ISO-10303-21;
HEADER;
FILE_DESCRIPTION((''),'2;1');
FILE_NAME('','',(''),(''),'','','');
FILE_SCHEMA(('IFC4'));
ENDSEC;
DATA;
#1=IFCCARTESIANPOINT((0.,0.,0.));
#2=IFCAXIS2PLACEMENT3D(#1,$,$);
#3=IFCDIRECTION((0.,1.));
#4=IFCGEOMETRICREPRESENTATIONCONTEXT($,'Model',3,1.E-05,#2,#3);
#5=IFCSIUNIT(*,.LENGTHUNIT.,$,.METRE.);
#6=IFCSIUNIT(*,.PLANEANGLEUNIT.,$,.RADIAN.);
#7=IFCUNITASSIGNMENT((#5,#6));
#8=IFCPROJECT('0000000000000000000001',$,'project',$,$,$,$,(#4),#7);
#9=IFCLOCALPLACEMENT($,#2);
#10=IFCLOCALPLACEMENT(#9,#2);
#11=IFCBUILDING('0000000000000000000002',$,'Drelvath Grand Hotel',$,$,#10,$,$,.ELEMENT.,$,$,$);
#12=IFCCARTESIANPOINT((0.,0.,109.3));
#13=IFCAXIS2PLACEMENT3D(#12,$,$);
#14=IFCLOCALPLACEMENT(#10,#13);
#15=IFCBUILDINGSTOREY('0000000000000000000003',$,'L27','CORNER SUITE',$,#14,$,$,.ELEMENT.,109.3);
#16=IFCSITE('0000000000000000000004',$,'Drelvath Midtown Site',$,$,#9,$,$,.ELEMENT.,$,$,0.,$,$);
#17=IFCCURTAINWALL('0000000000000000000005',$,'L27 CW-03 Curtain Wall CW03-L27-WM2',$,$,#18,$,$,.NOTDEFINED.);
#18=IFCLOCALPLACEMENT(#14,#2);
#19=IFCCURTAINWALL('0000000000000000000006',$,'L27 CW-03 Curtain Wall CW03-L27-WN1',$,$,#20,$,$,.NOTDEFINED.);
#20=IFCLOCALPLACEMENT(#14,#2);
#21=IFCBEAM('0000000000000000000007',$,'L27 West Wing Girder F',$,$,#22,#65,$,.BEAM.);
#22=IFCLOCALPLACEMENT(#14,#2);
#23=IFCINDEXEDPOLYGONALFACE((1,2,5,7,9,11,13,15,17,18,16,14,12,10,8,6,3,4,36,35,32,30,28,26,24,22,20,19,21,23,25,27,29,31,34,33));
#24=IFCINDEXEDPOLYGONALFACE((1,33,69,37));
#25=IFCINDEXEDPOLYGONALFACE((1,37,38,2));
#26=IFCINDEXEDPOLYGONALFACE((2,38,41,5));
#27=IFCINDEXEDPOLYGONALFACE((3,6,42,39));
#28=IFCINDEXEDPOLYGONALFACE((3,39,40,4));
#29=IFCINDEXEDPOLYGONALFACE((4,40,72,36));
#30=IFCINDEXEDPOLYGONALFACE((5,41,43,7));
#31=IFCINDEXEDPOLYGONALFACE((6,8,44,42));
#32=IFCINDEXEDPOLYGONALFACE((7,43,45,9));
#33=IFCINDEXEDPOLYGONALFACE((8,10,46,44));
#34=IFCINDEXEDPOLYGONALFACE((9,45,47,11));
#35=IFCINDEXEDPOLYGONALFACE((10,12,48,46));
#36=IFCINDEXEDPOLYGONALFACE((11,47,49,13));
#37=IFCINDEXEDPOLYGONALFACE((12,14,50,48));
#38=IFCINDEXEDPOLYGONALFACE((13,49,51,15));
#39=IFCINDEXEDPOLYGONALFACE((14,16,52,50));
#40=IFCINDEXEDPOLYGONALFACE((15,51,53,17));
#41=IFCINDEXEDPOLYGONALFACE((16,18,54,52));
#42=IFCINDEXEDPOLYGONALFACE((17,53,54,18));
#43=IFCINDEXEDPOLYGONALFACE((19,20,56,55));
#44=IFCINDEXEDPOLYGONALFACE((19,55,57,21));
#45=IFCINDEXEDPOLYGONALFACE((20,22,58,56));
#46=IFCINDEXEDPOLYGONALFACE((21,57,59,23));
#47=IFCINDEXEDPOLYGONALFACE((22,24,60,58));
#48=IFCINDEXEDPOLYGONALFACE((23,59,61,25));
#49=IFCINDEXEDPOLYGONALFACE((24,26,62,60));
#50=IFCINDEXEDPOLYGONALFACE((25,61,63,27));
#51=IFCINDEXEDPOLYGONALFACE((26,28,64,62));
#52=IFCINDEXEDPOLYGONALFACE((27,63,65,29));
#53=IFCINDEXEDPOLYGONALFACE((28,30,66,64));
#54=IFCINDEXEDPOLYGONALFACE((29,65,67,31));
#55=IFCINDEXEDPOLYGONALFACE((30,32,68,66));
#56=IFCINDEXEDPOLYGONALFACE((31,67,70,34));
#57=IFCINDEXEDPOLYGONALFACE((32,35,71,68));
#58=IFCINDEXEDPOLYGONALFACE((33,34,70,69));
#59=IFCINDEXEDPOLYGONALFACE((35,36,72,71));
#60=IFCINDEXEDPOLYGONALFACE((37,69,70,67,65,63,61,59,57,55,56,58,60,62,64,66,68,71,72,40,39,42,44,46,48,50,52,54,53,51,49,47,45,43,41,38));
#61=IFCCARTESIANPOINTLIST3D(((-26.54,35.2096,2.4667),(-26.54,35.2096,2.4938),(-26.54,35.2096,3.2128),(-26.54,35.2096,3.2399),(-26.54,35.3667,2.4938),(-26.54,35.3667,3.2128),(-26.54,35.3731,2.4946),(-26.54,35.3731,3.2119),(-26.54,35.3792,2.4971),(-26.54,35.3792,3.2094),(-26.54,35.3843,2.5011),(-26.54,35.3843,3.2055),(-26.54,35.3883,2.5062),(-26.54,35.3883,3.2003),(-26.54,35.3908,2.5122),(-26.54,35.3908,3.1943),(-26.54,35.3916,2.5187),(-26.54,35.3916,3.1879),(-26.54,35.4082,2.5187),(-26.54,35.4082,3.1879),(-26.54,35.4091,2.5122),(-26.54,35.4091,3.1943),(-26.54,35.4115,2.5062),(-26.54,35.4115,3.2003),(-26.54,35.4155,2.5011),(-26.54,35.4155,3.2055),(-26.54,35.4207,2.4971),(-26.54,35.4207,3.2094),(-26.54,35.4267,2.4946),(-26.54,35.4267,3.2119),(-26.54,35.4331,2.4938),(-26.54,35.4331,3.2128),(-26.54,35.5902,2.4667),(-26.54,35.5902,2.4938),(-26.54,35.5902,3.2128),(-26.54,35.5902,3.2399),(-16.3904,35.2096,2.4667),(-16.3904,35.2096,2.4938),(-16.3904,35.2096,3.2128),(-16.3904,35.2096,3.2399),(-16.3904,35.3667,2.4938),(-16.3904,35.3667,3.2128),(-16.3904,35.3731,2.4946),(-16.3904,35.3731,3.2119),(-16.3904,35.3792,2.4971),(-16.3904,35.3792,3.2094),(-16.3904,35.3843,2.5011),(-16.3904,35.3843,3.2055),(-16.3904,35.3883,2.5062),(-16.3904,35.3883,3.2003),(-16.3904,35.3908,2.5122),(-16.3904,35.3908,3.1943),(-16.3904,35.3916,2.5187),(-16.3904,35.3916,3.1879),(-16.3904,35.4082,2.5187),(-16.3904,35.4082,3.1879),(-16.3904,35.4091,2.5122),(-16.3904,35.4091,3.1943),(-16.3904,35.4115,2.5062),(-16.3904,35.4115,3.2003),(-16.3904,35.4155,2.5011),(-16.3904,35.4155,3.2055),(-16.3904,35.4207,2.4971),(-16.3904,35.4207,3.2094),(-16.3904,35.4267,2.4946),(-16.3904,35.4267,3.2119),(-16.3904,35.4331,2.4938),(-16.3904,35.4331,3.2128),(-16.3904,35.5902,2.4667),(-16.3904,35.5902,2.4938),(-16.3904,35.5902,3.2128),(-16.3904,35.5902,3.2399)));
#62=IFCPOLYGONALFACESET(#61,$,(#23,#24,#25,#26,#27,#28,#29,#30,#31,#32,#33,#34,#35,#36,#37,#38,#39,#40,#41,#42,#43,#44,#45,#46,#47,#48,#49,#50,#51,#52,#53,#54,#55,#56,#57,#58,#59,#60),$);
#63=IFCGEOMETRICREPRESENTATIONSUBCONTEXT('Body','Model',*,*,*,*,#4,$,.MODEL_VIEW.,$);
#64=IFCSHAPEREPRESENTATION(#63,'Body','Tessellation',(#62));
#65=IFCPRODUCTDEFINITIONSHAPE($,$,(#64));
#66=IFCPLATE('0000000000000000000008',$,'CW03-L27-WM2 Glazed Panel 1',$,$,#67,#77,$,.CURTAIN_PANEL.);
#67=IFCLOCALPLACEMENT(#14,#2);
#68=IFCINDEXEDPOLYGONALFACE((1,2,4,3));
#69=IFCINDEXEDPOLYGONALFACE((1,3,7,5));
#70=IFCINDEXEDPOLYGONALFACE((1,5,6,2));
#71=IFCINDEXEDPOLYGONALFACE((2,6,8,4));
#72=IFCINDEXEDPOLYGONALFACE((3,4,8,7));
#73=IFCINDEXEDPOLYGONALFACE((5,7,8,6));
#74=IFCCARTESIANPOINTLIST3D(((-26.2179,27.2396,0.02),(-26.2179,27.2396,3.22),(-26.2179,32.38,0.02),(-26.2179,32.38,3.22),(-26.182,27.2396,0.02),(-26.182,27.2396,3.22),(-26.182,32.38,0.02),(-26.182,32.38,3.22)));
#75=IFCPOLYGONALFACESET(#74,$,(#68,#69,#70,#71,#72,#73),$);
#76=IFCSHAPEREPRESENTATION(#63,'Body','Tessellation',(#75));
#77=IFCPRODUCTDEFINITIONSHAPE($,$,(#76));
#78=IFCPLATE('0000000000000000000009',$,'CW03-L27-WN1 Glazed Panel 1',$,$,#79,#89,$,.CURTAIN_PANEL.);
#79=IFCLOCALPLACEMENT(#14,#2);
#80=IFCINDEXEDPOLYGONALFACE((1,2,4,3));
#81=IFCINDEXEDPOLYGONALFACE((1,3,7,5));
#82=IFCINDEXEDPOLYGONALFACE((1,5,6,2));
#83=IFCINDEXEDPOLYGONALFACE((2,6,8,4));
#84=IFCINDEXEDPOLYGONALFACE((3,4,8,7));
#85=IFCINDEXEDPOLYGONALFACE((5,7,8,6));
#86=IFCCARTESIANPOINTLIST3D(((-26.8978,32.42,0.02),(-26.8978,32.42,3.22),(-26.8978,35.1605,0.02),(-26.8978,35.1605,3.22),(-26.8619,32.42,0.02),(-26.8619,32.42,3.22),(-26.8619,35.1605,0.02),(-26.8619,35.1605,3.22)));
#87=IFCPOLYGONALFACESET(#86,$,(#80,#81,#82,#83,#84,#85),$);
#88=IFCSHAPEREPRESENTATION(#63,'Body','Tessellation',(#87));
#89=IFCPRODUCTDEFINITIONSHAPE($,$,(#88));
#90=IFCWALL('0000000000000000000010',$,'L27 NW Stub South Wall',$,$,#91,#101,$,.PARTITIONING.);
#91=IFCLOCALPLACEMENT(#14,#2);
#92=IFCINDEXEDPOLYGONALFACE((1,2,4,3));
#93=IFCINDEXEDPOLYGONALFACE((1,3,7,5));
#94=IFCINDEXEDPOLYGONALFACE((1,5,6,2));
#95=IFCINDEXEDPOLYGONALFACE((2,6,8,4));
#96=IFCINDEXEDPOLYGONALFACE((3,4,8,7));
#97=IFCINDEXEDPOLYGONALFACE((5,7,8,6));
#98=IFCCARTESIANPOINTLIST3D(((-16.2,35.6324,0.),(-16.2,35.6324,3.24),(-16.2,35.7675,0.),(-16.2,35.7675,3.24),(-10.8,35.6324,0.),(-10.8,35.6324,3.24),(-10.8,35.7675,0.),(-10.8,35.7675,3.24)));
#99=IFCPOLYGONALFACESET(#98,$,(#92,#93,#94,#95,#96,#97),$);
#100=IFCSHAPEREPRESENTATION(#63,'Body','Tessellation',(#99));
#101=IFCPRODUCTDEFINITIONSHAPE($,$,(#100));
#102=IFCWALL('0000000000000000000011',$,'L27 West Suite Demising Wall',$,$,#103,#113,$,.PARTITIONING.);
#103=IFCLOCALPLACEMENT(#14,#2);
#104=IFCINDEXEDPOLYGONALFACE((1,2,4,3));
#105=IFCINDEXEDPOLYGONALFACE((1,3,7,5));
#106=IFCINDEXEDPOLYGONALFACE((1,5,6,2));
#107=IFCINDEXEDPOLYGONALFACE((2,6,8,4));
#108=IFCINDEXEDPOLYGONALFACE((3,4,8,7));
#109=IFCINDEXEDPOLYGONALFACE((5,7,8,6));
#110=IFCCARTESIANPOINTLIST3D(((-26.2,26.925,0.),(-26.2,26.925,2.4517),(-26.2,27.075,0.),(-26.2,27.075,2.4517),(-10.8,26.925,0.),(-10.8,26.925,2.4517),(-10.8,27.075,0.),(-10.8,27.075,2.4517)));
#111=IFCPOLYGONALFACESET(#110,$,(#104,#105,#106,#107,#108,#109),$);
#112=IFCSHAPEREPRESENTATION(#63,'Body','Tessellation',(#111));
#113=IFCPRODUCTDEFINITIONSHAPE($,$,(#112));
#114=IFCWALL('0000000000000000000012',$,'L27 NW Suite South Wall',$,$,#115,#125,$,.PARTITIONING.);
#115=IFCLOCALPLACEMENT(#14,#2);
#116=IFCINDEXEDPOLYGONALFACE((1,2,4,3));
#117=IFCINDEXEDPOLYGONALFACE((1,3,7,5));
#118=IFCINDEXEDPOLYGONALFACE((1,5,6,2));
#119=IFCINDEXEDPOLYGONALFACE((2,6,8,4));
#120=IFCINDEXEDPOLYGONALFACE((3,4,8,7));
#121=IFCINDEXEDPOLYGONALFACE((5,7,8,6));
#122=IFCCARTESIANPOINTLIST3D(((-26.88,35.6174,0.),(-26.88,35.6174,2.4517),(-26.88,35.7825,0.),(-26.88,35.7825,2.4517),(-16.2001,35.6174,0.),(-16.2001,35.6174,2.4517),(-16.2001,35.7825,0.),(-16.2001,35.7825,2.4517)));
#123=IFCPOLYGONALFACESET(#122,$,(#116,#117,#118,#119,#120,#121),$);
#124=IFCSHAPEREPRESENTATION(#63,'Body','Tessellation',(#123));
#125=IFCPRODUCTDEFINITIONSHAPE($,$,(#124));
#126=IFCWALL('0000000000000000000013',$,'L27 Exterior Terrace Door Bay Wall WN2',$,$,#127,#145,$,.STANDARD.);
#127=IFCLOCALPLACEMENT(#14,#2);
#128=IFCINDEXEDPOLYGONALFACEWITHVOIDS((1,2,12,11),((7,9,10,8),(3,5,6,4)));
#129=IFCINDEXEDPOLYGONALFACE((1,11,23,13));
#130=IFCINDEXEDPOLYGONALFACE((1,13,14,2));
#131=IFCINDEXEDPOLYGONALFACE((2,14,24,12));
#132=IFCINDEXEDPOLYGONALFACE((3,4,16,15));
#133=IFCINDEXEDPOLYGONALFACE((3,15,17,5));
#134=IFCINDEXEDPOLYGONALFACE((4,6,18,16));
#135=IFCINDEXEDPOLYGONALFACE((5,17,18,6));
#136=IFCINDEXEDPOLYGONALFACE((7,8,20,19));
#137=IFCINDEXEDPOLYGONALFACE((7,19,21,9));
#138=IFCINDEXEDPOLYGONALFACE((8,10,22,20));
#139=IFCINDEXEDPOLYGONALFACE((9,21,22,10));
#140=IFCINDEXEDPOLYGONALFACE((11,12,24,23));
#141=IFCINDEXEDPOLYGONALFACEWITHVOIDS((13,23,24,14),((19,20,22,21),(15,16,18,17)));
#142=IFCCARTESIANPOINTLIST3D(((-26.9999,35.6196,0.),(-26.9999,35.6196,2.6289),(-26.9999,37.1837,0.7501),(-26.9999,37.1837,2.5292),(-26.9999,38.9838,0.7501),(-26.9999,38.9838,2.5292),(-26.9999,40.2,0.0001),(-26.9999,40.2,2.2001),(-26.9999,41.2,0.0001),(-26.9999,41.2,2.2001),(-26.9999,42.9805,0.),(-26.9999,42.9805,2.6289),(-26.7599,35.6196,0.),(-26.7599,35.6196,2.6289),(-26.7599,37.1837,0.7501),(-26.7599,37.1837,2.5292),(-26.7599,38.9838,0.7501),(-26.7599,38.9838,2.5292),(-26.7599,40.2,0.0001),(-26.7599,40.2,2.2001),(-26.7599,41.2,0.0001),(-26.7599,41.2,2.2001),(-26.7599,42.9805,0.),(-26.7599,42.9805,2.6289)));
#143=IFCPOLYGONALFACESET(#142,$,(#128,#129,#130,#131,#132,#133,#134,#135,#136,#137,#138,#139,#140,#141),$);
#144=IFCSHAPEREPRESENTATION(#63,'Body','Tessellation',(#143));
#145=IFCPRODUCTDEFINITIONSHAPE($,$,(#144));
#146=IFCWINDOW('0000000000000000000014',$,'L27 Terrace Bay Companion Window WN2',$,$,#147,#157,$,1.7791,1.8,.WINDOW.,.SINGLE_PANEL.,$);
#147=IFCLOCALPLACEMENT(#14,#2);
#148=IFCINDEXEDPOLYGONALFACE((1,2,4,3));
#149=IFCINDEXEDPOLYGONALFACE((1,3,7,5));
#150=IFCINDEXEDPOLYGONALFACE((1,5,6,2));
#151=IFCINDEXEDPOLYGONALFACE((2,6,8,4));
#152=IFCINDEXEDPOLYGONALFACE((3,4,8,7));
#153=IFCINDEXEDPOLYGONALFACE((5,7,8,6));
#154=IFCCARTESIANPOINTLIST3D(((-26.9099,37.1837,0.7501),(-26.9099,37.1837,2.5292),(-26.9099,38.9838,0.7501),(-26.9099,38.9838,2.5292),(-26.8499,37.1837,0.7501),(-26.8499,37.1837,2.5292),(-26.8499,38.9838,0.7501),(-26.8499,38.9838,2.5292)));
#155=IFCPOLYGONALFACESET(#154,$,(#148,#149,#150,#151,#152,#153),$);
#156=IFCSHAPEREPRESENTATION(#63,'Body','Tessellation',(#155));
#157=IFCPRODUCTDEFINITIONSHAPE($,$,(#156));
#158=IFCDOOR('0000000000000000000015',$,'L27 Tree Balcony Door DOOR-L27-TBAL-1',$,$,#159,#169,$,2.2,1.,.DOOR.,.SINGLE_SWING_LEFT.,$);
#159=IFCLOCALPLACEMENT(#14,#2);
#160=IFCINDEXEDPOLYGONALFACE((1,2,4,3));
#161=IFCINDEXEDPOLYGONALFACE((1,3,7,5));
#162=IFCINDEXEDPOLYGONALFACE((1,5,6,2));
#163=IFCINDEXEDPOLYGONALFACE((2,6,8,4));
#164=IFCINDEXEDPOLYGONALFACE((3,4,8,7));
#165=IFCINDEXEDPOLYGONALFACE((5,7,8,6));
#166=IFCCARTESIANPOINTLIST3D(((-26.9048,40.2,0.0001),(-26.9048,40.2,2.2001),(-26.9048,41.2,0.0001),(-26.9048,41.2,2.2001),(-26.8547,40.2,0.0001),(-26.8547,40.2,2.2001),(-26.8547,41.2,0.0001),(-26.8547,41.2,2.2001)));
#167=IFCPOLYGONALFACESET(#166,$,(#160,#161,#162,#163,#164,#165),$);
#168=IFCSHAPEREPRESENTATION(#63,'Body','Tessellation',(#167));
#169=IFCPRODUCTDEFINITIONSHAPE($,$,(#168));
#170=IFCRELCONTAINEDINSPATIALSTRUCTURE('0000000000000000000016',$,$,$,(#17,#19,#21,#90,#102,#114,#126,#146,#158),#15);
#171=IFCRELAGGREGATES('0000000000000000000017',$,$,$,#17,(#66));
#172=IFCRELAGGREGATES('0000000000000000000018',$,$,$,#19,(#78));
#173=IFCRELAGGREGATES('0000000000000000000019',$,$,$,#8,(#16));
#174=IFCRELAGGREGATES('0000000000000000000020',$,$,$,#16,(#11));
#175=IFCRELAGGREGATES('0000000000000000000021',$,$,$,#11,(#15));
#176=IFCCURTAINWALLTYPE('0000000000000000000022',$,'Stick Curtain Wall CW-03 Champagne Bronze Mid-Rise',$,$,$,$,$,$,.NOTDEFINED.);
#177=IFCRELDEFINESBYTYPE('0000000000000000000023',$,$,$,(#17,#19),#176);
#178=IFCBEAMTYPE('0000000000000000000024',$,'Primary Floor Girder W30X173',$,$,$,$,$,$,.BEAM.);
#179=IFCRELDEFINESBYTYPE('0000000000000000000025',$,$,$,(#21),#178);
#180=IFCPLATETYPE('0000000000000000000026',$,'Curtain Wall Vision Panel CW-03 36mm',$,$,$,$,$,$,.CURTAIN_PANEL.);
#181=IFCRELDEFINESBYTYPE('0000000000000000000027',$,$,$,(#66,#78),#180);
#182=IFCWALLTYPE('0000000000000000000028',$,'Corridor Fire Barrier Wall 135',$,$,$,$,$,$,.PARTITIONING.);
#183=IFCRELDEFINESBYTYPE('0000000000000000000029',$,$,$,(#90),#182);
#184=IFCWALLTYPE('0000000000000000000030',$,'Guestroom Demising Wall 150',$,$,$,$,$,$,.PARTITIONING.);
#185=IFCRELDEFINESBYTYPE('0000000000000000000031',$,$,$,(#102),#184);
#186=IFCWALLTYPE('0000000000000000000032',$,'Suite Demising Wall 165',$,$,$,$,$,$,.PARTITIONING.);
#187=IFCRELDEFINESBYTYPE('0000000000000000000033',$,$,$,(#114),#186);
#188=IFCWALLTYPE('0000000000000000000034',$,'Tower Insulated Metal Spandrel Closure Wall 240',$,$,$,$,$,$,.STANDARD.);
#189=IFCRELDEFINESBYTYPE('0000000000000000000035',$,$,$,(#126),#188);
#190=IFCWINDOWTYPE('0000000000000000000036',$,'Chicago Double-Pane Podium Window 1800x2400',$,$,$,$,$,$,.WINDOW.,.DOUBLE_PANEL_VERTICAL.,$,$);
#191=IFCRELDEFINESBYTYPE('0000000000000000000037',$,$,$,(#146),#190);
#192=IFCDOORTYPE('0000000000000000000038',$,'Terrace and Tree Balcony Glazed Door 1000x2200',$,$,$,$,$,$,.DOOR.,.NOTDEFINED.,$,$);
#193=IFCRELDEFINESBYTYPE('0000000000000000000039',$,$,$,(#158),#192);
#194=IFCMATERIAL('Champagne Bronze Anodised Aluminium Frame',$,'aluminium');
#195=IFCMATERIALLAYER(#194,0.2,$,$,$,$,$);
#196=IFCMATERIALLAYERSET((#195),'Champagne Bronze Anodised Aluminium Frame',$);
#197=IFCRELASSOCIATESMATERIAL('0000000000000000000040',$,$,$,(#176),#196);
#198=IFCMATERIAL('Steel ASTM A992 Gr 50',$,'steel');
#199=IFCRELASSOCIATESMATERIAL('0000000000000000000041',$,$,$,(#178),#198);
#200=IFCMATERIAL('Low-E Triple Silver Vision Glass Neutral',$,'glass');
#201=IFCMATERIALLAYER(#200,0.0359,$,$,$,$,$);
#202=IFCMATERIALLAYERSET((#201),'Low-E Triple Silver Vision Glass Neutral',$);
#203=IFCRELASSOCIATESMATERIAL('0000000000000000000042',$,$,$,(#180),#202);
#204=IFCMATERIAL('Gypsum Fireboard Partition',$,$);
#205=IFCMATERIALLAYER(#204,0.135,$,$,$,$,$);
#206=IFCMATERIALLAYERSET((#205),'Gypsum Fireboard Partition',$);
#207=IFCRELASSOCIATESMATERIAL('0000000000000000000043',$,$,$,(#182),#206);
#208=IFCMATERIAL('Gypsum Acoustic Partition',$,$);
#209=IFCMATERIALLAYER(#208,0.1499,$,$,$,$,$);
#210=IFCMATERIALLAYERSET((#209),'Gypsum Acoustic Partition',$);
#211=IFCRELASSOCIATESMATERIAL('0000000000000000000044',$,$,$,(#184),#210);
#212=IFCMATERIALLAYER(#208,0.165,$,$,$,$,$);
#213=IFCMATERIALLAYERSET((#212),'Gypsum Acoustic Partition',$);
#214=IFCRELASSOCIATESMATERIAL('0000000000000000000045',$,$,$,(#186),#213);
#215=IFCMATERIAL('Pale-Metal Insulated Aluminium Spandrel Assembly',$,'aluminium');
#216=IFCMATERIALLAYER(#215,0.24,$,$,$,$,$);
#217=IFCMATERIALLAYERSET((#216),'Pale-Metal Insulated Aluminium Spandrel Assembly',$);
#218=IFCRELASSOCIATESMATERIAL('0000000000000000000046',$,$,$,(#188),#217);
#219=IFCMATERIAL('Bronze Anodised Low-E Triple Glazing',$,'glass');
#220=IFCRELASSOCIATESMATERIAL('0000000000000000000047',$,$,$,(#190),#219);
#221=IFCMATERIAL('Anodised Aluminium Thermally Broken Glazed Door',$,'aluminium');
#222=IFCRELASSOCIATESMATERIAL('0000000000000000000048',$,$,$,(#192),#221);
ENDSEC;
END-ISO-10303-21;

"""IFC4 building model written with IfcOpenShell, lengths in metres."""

from ifc_helpers import new_model, si_unit, direction, frame, frame_2d, origin, origin_2d, place, context, subcontext, project, spatial, rectangle, i_section, extrude, material, layer, layer_set, material_profile, profile_set, type_object, element, fill, aggregate, save


model = new_model("IFC4")

# Units and contexts
model_context = context("Model", 3, precision=1e-05, world=origin(), true_north=direction((0.0, 1.0)))
body_context = subcontext(model_context, "Body", "Model", "MODEL_VIEW")
ifc_project = project(units=[si_unit("LENGTHUNIT", "METRE"), si_unit("PLANEANGLEUNIT", "RADIAN")], contexts=[model_context])

# Site, building, storey
site_placement = place(None, origin())
site = spatial("IfcSite", under=ifc_project, at=site_placement, Name="Drelvath Midtown Site", CompositionType="ELEMENT", RefElevation=0.0)
building_placement = place(site_placement, origin())
building = spatial("IfcBuilding", under=site, at=building_placement, Name="Drelvath Grand Hotel", CompositionType="ELEMENT")
storey_placement = place(building_placement, frame((0.0, 0.0, 109.3)))
storey = spatial("IfcBuildingStorey", under=building, at=storey_placement, Name="L27", Description="CORNER SUITE", CompositionType="ELEMENT", Elevation=109.3)

# Curtain walls
ifc_material_1 = material(Name="Champagne Bronze Anodised Aluminium Frame", Category="aluminium")
ifc_layer_1 = layer(ifc_material_1, 0.2)
ifc_layer_set_1 = layer_set([ifc_layer_1], Name="Champagne Bronze Anodised Aluminium Frame")
curtain_wall_type = type_object("IfcCurtainWallType", Name="Stick Curtain Wall CW-03 Champagne Bronze Mid-Rise", PredefinedType="NOTDEFINED", material=ifc_layer_set_1)
curtain_wall_1_placement = place(storey_placement, origin())
curtain_wall_1 = element("IfcCurtainWall", 1, at=curtain_wall_1_placement, inside=storey, type_object=curtain_wall_type, Name="L27 CW-03 Curtain Wall CW03-L27-WM2", PredefinedType="NOTDEFINED")
curtain_wall_2_placement = place(storey_placement, origin())
curtain_wall_2 = element("IfcCurtainWall", 2, at=curtain_wall_2_placement, inside=storey, type_object=curtain_wall_type, Name="L27 CW-03 Curtain Wall CW03-L27-WN1", PredefinedType="NOTDEFINED")

# Beam
ifc_material_2 = material(Name="Steel ASTM A992 Gr 50", Category="steel")
ifc_material_profile_1 = material_profile(ifc_material_2, i_section(OverallWidth=0.3806, OverallDepth=0.7732, WebThickness=0.0166, FlangeThickness=0.0271, FilletRadius=0.0249, at=origin_2d()), Name="W30X173")
ifc_profile_set_1 = profile_set([ifc_material_profile_1], Name="Steel ASTM A992 Gr 50")
beam_type_1 = type_object("IfcBeamType", Name="Primary Floor Girder W30X173", PredefinedType="BEAM", material=ifc_profile_set_1)
beam_1_placement = place(storey_placement, frame((-26.54, 35.3999, 2.8533), z_axis=(1.0, 0.0, 0.0), x_axis=(0.0, 1.0, 0.0)))
element("IfcBeam", 3, at=beam_1_placement, inside=storey, type_object=beam_type_1, Name="L27 West Wing Girder F", PredefinedType="BEAM", context=body_context, shape_type="SweptSolid", body=[
    extrude(i_section(OverallWidth=0.3806, OverallDepth=0.7732, WebThickness=0.0166, FlangeThickness=0.0271, FilletRadius=0.0249, at=origin_2d()), origin(), (0.0, 0.0, 1.0), 10.1497),
])

# Plates
ifc_material_3 = material(Name="Low-E Triple Silver Vision Glass Neutral", Category="glass")
ifc_layer_2 = layer(ifc_material_3, 0.0359)
ifc_layer_set_2 = layer_set([ifc_layer_2], Name="Low-E Triple Silver Vision Glass Neutral")
plate_type = type_object("IfcPlateType", Name="Curtain Wall Vision Panel CW-03 36mm", PredefinedType="CURTAIN_PANEL", material=ifc_layer_set_2)
plate_1_placement = place(storey_placement, frame((-26.2, 29.8098, 0.02), z_axis=(0.0, 0.0, 1.0), x_axis=(0.0, 1.0, 0.0)))
plate_1 = element("IfcPlate", 4, at=plate_1_placement, type_object=plate_type, Name="CW03-L27-WM2 Glazed Panel 1", PredefinedType="CURTAIN_PANEL", context=body_context, shape_type="SweptSolid", body=[
    extrude(rectangle(XDim=5.1404, YDim=0.0359, at=origin_2d()), origin(), (0.0, 0.0, 1.0), 3.2),
])
aggregate(curtain_wall_1, [plate_1])
plate_2_placement = place(storey_placement, frame((-26.8799, 33.7903, 0.02), z_axis=(0.0, 0.0, 1.0), x_axis=(0.0, 1.0, 0.0)))
plate_2 = element("IfcPlate", 5, at=plate_2_placement, type_object=plate_type, Name="CW03-L27-WN1 Glazed Panel 1", PredefinedType="CURTAIN_PANEL", context=body_context, shape_type="SweptSolid", body=[
    extrude(rectangle(XDim=2.7405, YDim=0.0359, at=origin_2d()), origin(), (0.0, 0.0, 1.0), 3.2),
])
aggregate(curtain_wall_2, [plate_2])

# Walls
ifc_material_4 = material(Name="Gypsum Fireboard Partition")
ifc_layer_3 = layer(ifc_material_4, 0.135)
ifc_layer_set_3 = layer_set([ifc_layer_3], Name="Gypsum Fireboard Partition")
wall_type_1 = type_object("IfcWallType", Name="Corridor Fire Barrier Wall 135", PredefinedType="PARTITIONING", material=ifc_layer_set_3)
wall_1_placement = place(storey_placement, frame((-16.2, 35.7, 0.0), z_axis=(0.0, 0.0, 1.0), x_axis=(1.0, 0.0, 0.0)))
element("IfcWall", 6, at=wall_1_placement, inside=storey, type_object=wall_type_1, Name="L27 NW Stub South Wall", PredefinedType="PARTITIONING", context=body_context, shape_type="SweptSolid", body=[
    extrude(rectangle(XDim=5.3999, YDim=0.135, at=frame_2d((2.7, 0.0))), origin(), (0.0, 0.0, 1.0), 3.24),
])
ifc_material_5 = material(Name="Gypsum Acoustic Partition")
ifc_layer_4 = layer(ifc_material_5, 0.1499)
ifc_layer_set_4 = layer_set([ifc_layer_4], Name="Gypsum Acoustic Partition")
wall_type_2 = type_object("IfcWallType", Name="Guestroom Demising Wall 150", PredefinedType="PARTITIONING", material=ifc_layer_set_4)
wall_2_placement = place(storey_placement, frame((-26.2, 27.0, 0.0), z_axis=(0.0, 0.0, 1.0), x_axis=(1.0, 0.0, 0.0)))
element("IfcWall", 7, at=wall_2_placement, inside=storey, type_object=wall_type_2, Name="L27 West Suite Demising Wall", PredefinedType="PARTITIONING", context=body_context, shape_type="SweptSolid", body=[
    extrude(rectangle(XDim=15.3999, YDim=0.1499, at=frame_2d((7.7, 0.0))), origin(), (0.0, 0.0, 1.0), 2.4517),
])
ifc_layer_5 = layer(ifc_material_5, 0.165)
ifc_layer_set_5 = layer_set([ifc_layer_5], Name="Gypsum Acoustic Partition")
wall_type_3 = type_object("IfcWallType", Name="Suite Demising Wall 165", PredefinedType="PARTITIONING", material=ifc_layer_set_5)
wall_3_placement = place(storey_placement, frame((-26.8799, 35.7, 0.0), z_axis=(0.0, 0.0, 1.0), x_axis=(1.0, 0.0, 0.0)))
element("IfcWall", 8, at=wall_3_placement, inside=storey, type_object=wall_type_3, Name="L27 NW Suite South Wall", PredefinedType="PARTITIONING", context=body_context, shape_type="SweptSolid", body=[
    extrude(rectangle(XDim=10.6799, YDim=0.165, at=frame_2d((5.3398, 0.0))), origin(), (0.0, 0.0, 1.0), 2.4517),
])

# Wall, openings, window, door
ifc_material_6 = material(Name="Pale-Metal Insulated Aluminium Spandrel Assembly", Category="aluminium")
ifc_layer_6 = layer(ifc_material_6, 0.24)
ifc_layer_set_6 = layer_set([ifc_layer_6], Name="Pale-Metal Insulated Aluminium Spandrel Assembly")
wall_type_4 = type_object("IfcWallType", Name="Tower Insulated Metal Spandrel Closure Wall 240", PredefinedType="STANDARD", material=ifc_layer_set_6)
wall_4_placement = place(storey_placement, frame((-26.8799, 35.6196, 0.0), z_axis=(0.0, 0.0, 1.0), x_axis=(0.0, 1.0, 0.0)))
wall_4 = element("IfcWall", 9, at=wall_4_placement, inside=storey, type_object=wall_type_4, Name="L27 Exterior Terrace Door Bay Wall WN2", PredefinedType="STANDARD", context=body_context, shape_type="SweptSolid", body=[
    extrude(rectangle(XDim=7.3608, YDim=0.24, at=frame_2d((3.6804, 0.0))), origin(), (0.0, 0.0, 1.0), 2.6289),
])
opening_1_placement = place(wall_4_placement, frame((4.5803, 0.0, 0.0)))
opening_1 = element("IfcOpeningElement", 10, at=opening_1_placement, cuts=wall_4, PredefinedType="OPENING", context=body_context, shape_type="SweptSolid", body=[
    extrude(rectangle(XDim=1.0, YDim=2.2, at=frame_2d((0.5, 1.1001))), frame((0.0, 0.1299, 0.0), z_axis=(0.0, -1.0, 0.0), x_axis=(1.0, 0.0, 0.0)), (0.0, 0.0, 1.0), 0.26),
])
opening_2_placement = place(wall_4_placement, frame((1.5642, 0.0, 0.75)))
opening_2 = element("IfcOpeningElement", 11, at=opening_2_placement, cuts=wall_4, PredefinedType="OPENING", context=body_context, shape_type="SweptSolid", body=[
    extrude(rectangle(XDim=1.8, YDim=1.7791, at=frame_2d((0.8999, 0.8896))), frame((0.0, 0.1299, 0.0), z_axis=(0.0, -1.0, 0.0), x_axis=(1.0, 0.0, 0.0)), (0.0, 0.0, 1.0), 0.26),
])
ifc_material_7 = material(Name="Bronze Anodised Low-E Triple Glazing", Category="glass")
window_type = type_object("IfcWindowType", Name="Chicago Double-Pane Podium Window 1800x2400", PartitioningType="DOUBLE_PANEL_VERTICAL", PredefinedType="WINDOW", material=ifc_material_7)
window_placement = place(opening_2_placement, origin())
window = element("IfcWindow", 12, at=window_placement, inside=storey, type_object=window_type, Name="L27 Terrace Bay Companion Window WN2", OverallHeight=1.7791, OverallWidth=1.8, PartitioningType="SINGLE_PANEL", PredefinedType="WINDOW", context=body_context, shape_type="SweptSolid", body=[
    extrude(rectangle(XDim=1.8, YDim=1.7791, at=frame_2d((0.8999, 0.8896))), frame((0.0, 0.03, 0.0), z_axis=(0.0, -1.0, 0.0), x_axis=(1.0, 0.0, 0.0)), (0.0, 0.0, 1.0), 0.0601),
])
fill(opening_2, window)
ifc_material_8 = material(Name="Anodised Aluminium Thermally Broken Glazed Door", Category="aluminium")
door_type = type_object("IfcDoorType", Name="Terrace and Tree Balcony Glazed Door 1000x2200", OperationType="NOTDEFINED", PredefinedType="DOOR", material=ifc_material_8)
door_placement = place(opening_1_placement, origin())
door = element("IfcDoor", 13, at=door_placement, inside=storey, type_object=door_type, Name="L27 Tree Balcony Door DOOR-L27-TBAL-1", OperationType="SINGLE_SWING_LEFT", OverallHeight=2.2, OverallWidth=1.0, PredefinedType="DOOR", context=body_context, shape_type="SweptSolid", body=[
    extrude(rectangle(XDim=1.0, YDim=2.2, at=frame_2d((0.5, 1.1001))), frame((0.0, 0.0249, 0.0), z_axis=(0.0, -1.0, 0.0), x_axis=(1.0, 0.0, 0.0)), (0.0, 0.0, 1.0), 0.05),
])
fill(opening_1, door)

save(model, "model.ifc")
